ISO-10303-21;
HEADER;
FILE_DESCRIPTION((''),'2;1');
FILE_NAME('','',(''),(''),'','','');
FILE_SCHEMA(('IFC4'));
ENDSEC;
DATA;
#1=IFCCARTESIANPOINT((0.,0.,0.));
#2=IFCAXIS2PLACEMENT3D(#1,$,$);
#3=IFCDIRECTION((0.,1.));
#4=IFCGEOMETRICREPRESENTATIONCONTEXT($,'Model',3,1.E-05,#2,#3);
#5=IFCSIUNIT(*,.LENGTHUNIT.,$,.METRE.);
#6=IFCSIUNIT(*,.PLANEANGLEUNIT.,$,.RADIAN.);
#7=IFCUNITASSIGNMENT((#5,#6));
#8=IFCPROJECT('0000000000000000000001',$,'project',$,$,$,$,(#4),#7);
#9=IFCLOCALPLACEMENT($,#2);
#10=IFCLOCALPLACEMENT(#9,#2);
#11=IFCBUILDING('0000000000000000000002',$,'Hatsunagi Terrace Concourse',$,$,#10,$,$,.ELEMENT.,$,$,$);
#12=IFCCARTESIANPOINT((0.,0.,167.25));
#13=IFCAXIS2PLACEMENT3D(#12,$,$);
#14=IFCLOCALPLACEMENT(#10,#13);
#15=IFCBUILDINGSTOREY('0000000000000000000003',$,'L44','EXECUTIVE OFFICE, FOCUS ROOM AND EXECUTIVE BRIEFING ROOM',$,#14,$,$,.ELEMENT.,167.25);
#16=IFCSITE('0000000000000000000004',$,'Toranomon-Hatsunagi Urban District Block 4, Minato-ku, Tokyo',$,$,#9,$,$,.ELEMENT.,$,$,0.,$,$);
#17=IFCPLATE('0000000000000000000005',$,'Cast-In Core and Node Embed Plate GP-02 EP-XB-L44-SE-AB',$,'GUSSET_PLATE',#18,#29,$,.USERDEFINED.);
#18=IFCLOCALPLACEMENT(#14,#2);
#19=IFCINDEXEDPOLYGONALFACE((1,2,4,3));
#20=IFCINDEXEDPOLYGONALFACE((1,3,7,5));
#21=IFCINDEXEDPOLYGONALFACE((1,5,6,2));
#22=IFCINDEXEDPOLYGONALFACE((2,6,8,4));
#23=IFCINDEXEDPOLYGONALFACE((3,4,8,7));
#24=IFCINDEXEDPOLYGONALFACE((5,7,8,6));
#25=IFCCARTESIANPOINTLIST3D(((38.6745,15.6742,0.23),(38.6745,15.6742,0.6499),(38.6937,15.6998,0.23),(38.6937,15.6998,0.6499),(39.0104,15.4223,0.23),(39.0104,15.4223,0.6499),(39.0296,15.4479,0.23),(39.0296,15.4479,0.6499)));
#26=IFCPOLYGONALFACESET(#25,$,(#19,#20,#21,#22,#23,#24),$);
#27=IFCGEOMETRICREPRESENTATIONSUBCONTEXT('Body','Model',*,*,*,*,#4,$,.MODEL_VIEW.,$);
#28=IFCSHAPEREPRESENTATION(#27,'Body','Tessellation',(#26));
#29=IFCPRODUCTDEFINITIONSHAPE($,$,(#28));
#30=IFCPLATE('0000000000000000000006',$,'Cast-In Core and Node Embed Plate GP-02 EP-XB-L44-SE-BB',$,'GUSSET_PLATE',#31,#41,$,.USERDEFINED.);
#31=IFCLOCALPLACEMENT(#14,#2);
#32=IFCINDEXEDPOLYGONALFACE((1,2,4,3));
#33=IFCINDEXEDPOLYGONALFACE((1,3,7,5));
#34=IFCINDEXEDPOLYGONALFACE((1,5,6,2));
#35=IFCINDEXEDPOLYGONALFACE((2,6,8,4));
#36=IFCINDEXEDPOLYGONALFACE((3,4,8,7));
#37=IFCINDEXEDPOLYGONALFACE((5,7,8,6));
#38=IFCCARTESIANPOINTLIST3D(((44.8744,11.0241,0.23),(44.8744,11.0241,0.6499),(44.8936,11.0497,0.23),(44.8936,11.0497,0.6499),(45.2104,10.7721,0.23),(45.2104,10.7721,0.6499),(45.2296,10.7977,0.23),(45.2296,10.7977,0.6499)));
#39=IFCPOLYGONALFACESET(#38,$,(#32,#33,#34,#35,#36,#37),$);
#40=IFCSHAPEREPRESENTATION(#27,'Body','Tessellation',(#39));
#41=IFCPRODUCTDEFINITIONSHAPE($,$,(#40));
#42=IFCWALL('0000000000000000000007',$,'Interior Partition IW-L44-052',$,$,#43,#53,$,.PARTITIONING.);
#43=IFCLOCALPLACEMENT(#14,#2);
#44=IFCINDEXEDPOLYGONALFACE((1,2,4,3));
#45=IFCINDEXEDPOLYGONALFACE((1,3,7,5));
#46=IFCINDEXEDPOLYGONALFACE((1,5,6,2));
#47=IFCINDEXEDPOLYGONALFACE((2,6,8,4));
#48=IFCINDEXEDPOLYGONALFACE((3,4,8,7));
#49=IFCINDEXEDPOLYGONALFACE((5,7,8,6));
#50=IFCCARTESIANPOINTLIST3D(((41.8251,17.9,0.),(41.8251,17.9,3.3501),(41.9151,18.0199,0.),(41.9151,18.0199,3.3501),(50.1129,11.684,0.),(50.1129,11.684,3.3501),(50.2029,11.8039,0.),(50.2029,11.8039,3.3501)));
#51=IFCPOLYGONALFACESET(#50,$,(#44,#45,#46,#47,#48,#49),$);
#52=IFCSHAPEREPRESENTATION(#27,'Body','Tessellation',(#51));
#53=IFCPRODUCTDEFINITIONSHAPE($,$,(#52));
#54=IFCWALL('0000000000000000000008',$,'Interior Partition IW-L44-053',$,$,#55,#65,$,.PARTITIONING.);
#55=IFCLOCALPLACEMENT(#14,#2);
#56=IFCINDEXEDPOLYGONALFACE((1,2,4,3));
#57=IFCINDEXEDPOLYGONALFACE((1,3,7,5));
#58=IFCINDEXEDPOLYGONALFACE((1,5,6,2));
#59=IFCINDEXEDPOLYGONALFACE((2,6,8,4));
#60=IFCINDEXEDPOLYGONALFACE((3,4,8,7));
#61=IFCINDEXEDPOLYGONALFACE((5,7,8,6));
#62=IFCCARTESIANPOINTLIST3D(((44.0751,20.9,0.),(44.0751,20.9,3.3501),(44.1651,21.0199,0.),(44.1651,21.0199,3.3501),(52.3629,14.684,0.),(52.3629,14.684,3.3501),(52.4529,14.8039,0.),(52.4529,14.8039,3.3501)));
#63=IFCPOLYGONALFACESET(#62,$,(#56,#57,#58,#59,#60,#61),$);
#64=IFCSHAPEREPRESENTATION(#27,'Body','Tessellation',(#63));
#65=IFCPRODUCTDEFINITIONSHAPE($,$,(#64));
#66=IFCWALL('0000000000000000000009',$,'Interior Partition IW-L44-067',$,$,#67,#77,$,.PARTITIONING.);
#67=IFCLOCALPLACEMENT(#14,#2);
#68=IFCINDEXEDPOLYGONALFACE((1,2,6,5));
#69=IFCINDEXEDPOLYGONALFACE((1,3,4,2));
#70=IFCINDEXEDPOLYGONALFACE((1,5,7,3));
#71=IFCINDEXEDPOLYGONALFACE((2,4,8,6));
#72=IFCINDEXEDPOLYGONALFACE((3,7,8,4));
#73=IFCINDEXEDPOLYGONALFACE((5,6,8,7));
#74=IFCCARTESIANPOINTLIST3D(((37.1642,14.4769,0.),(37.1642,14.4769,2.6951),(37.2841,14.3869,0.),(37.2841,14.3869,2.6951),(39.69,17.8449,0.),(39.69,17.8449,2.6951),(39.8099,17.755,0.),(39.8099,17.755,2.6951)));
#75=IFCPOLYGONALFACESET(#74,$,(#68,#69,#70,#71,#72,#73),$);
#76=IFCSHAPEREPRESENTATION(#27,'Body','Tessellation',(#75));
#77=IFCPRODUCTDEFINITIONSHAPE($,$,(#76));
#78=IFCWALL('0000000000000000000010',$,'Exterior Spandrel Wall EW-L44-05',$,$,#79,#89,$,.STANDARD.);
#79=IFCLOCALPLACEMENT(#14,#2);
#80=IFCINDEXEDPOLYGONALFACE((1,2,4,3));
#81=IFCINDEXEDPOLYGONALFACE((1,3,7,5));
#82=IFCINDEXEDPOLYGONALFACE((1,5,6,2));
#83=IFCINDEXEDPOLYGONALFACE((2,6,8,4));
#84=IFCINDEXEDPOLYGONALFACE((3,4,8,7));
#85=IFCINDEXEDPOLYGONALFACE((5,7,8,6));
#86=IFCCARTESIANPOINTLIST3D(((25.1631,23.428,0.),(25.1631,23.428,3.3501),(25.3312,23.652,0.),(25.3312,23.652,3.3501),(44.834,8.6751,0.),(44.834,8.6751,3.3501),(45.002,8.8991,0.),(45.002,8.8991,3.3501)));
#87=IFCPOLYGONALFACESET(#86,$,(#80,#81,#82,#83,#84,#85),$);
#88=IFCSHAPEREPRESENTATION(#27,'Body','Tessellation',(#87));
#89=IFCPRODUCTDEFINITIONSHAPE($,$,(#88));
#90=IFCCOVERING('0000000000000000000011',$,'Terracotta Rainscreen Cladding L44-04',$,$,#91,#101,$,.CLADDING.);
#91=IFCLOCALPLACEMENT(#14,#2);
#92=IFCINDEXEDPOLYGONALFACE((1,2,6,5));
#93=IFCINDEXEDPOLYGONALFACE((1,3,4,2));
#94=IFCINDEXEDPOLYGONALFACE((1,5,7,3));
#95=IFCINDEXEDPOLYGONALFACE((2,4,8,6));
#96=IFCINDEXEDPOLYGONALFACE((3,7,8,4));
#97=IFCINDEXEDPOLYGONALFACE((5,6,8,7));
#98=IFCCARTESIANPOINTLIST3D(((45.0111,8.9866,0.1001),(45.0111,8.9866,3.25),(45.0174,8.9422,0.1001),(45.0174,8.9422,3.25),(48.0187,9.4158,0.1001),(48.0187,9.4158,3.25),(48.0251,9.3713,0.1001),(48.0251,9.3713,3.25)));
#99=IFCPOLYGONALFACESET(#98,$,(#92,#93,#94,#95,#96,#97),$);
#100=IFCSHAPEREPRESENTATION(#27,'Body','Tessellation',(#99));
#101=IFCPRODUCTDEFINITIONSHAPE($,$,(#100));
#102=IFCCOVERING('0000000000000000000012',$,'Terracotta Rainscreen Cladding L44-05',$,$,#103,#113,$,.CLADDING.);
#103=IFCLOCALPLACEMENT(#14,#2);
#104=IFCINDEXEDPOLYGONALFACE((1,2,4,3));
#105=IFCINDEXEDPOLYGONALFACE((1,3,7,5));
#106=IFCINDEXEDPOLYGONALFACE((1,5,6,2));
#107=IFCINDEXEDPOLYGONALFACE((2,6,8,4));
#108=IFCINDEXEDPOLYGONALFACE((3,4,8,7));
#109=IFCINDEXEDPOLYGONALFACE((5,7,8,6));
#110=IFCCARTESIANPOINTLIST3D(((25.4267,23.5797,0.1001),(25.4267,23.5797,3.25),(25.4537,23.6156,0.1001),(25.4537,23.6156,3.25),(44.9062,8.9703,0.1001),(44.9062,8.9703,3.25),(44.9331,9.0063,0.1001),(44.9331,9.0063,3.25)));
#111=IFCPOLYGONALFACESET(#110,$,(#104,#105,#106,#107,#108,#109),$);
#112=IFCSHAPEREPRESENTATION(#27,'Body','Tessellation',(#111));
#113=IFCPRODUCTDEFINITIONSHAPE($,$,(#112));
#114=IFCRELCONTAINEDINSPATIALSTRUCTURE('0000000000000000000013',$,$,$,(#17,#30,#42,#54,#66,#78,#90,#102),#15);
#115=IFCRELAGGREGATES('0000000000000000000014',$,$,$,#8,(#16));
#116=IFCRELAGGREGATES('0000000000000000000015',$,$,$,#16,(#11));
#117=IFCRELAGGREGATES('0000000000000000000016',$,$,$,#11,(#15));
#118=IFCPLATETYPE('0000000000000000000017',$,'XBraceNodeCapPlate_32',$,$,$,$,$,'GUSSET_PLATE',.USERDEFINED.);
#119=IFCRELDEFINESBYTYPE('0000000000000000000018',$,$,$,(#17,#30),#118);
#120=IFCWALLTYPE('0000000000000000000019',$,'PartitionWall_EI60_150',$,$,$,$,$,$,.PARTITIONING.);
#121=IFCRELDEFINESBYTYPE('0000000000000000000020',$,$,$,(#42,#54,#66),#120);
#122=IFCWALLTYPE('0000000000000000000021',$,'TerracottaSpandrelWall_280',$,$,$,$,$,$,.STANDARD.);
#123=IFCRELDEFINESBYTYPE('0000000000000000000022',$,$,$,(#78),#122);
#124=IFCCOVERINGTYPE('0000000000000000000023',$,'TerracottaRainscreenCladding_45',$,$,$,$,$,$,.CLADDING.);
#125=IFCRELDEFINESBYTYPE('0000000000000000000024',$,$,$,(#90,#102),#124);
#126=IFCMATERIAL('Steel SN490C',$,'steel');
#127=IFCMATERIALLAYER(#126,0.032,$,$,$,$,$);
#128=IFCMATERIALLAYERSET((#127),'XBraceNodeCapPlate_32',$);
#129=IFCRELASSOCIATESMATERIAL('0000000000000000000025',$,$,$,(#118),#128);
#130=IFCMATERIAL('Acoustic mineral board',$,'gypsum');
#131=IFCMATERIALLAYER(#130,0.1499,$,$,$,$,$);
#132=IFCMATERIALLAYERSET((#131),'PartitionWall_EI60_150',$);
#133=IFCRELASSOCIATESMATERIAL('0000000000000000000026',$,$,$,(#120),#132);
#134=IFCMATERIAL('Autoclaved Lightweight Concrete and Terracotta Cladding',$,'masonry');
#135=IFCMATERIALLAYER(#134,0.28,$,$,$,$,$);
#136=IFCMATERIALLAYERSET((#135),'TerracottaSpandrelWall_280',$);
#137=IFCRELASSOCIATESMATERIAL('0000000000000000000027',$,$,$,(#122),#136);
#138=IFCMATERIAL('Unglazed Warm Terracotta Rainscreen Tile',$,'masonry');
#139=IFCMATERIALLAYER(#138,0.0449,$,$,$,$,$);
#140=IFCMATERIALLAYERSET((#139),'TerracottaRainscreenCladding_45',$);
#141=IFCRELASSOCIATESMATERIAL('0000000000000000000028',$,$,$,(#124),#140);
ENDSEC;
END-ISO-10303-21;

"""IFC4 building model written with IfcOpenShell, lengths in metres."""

from ifc_helpers import new_model, si_unit, direction, frame, frame_2d, origin, origin_2d, place, context, subcontext, project, spatial, rectangle, extrude, material, layer, layer_set, type_object, element, save


model = new_model("IFC4")

# Units and contexts
model_context = context("Model", 3, precision=1e-05, world=origin(), true_north=direction((0.0, 1.0)))
body_context = subcontext(model_context, "Body", "Model", "MODEL_VIEW")
ifc_project = project(units=[si_unit("LENGTHUNIT", "METRE"), si_unit("PLANEANGLEUNIT", "RADIAN")], contexts=[model_context])

# Site, building, storey
site_placement = place(None, origin())
site = spatial("IfcSite", under=ifc_project, at=site_placement, Name="Toranomon-Hatsunagi Urban District Block 4, Minato-ku, Tokyo", CompositionType="ELEMENT", RefElevation=0.0)
building_placement = place(site_placement, origin())
building = spatial("IfcBuilding", under=site, at=building_placement, Name="Hatsunagi Terrace Concourse", CompositionType="ELEMENT")
storey_placement = place(building_placement, frame((0.0, 0.0, 167.25)))
storey = spatial("IfcBuildingStorey", under=building, at=storey_placement, Name="L44", Description="EXECUTIVE OFFICE, FOCUS ROOM AND EXECUTIVE BRIEFING ROOM", CompositionType="ELEMENT", Elevation=167.25)

# Plates
ifc_material_1 = material(Name="Steel SN490C", Category="steel")
ifc_layer_1 = layer(ifc_material_1, 0.032)
ifc_layer_set_1 = layer_set([ifc_layer_1], Name="XBraceNodeCapPlate_32")
plate_type = type_object("IfcPlateType", Name="XBraceNodeCapPlate_32", ElementType="GUSSET_PLATE", PredefinedType="USERDEFINED", material=ifc_layer_set_1)
for number, where, z_axis, x_axis, name in (
    (1, (38.8521, 15.561, 0.23), (0.0, 0.0, 1.0), (0.8, -0.6, 0.0), "Cast-In Core and Node Embed Plate GP-02 EP-XB-L44-SE-AB"),
    (2, (45.052, 10.9109, 0.23), (0.0, 0.0, 1.0), (0.8, -0.6, 0.0), "Cast-In Core and Node Embed Plate GP-02 EP-XB-L44-SE-BB"),
):
    element("IfcPlate", number, at=place(storey_placement, frame(where, z_axis=z_axis, x_axis=x_axis)), inside=storey, type_object=plate_type, Name=name, ObjectType="GUSSET_PLATE", PredefinedType="USERDEFINED", context=body_context, shape_type="SweptSolid", body=[
        extrude(rectangle(XDim=0.4199, YDim=0.032, at=origin_2d()), origin(), (0.0, 0.0, 1.0), 0.4199),
    ])

# Walls
ifc_material_2 = material(Name="Acoustic mineral board", Category="gypsum")
ifc_layer_2 = layer(ifc_material_2, 0.1499)
ifc_layer_set_2 = layer_set([ifc_layer_2], Name="PartitionWall_EI60_150")
wall_type_1 = type_object("IfcWallType", Name="PartitionWall_EI60_150", PredefinedType="PARTITIONING", material=ifc_layer_set_2)
for number, where, z_axis, x_axis, name in (
    (3, (41.8701, 17.96, 0.0), (0.0, 0.0, 1.0), (0.799992, -0.600011, 0.0), "Interior Partition IW-L44-052"),
    (4, (44.1201, 20.96, 0.0), (0.0, 0.0, 1.0), (0.799992, -0.600011, 0.0), "Interior Partition IW-L44-053"),
):
    element("IfcWall", number, at=place(storey_placement, frame(where, z_axis=z_axis, x_axis=x_axis)), inside=storey, type_object=wall_type_1, Name=name, PredefinedType="PARTITIONING", context=body_context, shape_type="SweptSolid", body=[
        extrude(rectangle(XDim=10.3599, YDim=0.1499, at=frame_2d((5.1799, 0.0))), origin(), (0.0, 0.0, 1.0), 3.3501),
    ])

# Walls
wall_1_placement = place(storey_placement, frame((37.2241, 14.4319, 0.0), z_axis=(0.0, 0.0, 1.0), x_axis=(0.599963, 0.800028, 0.0)))
element("IfcWall", 5, at=wall_1_placement, inside=storey, type_object=wall_type_1, Name="Interior Partition IW-L44-067", PredefinedType="PARTITIONING", context=body_context, shape_type="SweptSolid", body=[
    extrude(rectangle(XDim=4.21, YDim=0.1499, at=frame_2d((2.105, 0.0))), origin(), (0.0, 0.0, 1.0), 2.6951),
])
ifc_material_3 = material(Name="Autoclaved Lightweight Concrete and Terracotta Cladding", Category="masonry")
ifc_layer_3 = layer(ifc_material_3, 0.28)
ifc_layer_set_3 = layer_set([ifc_layer_3], Name="TerracottaSpandrelWall_280")
wall_type_2 = type_object("IfcWallType", Name="TerracottaSpandrelWall_280", PredefinedType="STANDARD", material=ifc_layer_set_3)
wall_2_placement = place(storey_placement, frame((44.918, 8.7871, 0.0), z_axis=(0.0, 0.0, 1.0), x_axis=(-0.800005, 0.599994, 0.0)))
element("IfcWall", 6, at=wall_2_placement, inside=storey, type_object=wall_type_2, Name="Exterior Spandrel Wall EW-L44-05", PredefinedType="STANDARD", context=body_context, shape_type="SweptSolid", body=[
    extrude(rectangle(XDim=24.5884, YDim=0.28, at=frame_2d((12.2942, 0.0))), origin(), (0.0, 0.0, 1.0), 3.3501),
])

# Coverings
ifc_material_4 = material(Name="Unglazed Warm Terracotta Rainscreen Tile", Category="masonry")
ifc_layer_4 = layer(ifc_material_4, 0.0449)
ifc_layer_set_4 = layer_set([ifc_layer_4], Name="TerracottaRainscreenCladding_45")
covering_type = type_object("IfcCoveringType", Name="TerracottaRainscreenCladding_45", PredefinedType="CLADDING", material=ifc_layer_set_4)
covering_1_placement = place(storey_placement, frame((46.5181, 9.179, 0.1001), z_axis=(0.0, 0.0, 1.0), x_axis=(-0.989974, -0.14125, 0.0)))
element("IfcCovering", 7, at=covering_1_placement, inside=storey, type_object=covering_type, Name="Terracotta Rainscreen Cladding L44-04", PredefinedType="CLADDING", context=body_context, shape_type="SweptSolid", body=[
    extrude(rectangle(XDim=3.0381, YDim=0.0449, at=origin_2d()), origin(), (0.0, 0.0, 1.0), 3.1499),
])
covering_2_placement = place(storey_placement, frame((35.1799, 16.293, 0.1001), z_axis=(0.0, 0.0, 1.0), x_axis=(-0.800005, 0.599993, 0.0)))
element("IfcCovering", 8, at=covering_2_placement, inside=storey, type_object=covering_type, Name="Terracotta Rainscreen Cladding L44-05", PredefinedType="CLADDING", context=body_context, shape_type="SweptSolid", body=[
    extrude(rectangle(XDim=24.3491, YDim=0.0449, at=origin_2d()), origin(), (0.0, 0.0, 1.0), 3.1499),
])

save(model, "model.ifc")
